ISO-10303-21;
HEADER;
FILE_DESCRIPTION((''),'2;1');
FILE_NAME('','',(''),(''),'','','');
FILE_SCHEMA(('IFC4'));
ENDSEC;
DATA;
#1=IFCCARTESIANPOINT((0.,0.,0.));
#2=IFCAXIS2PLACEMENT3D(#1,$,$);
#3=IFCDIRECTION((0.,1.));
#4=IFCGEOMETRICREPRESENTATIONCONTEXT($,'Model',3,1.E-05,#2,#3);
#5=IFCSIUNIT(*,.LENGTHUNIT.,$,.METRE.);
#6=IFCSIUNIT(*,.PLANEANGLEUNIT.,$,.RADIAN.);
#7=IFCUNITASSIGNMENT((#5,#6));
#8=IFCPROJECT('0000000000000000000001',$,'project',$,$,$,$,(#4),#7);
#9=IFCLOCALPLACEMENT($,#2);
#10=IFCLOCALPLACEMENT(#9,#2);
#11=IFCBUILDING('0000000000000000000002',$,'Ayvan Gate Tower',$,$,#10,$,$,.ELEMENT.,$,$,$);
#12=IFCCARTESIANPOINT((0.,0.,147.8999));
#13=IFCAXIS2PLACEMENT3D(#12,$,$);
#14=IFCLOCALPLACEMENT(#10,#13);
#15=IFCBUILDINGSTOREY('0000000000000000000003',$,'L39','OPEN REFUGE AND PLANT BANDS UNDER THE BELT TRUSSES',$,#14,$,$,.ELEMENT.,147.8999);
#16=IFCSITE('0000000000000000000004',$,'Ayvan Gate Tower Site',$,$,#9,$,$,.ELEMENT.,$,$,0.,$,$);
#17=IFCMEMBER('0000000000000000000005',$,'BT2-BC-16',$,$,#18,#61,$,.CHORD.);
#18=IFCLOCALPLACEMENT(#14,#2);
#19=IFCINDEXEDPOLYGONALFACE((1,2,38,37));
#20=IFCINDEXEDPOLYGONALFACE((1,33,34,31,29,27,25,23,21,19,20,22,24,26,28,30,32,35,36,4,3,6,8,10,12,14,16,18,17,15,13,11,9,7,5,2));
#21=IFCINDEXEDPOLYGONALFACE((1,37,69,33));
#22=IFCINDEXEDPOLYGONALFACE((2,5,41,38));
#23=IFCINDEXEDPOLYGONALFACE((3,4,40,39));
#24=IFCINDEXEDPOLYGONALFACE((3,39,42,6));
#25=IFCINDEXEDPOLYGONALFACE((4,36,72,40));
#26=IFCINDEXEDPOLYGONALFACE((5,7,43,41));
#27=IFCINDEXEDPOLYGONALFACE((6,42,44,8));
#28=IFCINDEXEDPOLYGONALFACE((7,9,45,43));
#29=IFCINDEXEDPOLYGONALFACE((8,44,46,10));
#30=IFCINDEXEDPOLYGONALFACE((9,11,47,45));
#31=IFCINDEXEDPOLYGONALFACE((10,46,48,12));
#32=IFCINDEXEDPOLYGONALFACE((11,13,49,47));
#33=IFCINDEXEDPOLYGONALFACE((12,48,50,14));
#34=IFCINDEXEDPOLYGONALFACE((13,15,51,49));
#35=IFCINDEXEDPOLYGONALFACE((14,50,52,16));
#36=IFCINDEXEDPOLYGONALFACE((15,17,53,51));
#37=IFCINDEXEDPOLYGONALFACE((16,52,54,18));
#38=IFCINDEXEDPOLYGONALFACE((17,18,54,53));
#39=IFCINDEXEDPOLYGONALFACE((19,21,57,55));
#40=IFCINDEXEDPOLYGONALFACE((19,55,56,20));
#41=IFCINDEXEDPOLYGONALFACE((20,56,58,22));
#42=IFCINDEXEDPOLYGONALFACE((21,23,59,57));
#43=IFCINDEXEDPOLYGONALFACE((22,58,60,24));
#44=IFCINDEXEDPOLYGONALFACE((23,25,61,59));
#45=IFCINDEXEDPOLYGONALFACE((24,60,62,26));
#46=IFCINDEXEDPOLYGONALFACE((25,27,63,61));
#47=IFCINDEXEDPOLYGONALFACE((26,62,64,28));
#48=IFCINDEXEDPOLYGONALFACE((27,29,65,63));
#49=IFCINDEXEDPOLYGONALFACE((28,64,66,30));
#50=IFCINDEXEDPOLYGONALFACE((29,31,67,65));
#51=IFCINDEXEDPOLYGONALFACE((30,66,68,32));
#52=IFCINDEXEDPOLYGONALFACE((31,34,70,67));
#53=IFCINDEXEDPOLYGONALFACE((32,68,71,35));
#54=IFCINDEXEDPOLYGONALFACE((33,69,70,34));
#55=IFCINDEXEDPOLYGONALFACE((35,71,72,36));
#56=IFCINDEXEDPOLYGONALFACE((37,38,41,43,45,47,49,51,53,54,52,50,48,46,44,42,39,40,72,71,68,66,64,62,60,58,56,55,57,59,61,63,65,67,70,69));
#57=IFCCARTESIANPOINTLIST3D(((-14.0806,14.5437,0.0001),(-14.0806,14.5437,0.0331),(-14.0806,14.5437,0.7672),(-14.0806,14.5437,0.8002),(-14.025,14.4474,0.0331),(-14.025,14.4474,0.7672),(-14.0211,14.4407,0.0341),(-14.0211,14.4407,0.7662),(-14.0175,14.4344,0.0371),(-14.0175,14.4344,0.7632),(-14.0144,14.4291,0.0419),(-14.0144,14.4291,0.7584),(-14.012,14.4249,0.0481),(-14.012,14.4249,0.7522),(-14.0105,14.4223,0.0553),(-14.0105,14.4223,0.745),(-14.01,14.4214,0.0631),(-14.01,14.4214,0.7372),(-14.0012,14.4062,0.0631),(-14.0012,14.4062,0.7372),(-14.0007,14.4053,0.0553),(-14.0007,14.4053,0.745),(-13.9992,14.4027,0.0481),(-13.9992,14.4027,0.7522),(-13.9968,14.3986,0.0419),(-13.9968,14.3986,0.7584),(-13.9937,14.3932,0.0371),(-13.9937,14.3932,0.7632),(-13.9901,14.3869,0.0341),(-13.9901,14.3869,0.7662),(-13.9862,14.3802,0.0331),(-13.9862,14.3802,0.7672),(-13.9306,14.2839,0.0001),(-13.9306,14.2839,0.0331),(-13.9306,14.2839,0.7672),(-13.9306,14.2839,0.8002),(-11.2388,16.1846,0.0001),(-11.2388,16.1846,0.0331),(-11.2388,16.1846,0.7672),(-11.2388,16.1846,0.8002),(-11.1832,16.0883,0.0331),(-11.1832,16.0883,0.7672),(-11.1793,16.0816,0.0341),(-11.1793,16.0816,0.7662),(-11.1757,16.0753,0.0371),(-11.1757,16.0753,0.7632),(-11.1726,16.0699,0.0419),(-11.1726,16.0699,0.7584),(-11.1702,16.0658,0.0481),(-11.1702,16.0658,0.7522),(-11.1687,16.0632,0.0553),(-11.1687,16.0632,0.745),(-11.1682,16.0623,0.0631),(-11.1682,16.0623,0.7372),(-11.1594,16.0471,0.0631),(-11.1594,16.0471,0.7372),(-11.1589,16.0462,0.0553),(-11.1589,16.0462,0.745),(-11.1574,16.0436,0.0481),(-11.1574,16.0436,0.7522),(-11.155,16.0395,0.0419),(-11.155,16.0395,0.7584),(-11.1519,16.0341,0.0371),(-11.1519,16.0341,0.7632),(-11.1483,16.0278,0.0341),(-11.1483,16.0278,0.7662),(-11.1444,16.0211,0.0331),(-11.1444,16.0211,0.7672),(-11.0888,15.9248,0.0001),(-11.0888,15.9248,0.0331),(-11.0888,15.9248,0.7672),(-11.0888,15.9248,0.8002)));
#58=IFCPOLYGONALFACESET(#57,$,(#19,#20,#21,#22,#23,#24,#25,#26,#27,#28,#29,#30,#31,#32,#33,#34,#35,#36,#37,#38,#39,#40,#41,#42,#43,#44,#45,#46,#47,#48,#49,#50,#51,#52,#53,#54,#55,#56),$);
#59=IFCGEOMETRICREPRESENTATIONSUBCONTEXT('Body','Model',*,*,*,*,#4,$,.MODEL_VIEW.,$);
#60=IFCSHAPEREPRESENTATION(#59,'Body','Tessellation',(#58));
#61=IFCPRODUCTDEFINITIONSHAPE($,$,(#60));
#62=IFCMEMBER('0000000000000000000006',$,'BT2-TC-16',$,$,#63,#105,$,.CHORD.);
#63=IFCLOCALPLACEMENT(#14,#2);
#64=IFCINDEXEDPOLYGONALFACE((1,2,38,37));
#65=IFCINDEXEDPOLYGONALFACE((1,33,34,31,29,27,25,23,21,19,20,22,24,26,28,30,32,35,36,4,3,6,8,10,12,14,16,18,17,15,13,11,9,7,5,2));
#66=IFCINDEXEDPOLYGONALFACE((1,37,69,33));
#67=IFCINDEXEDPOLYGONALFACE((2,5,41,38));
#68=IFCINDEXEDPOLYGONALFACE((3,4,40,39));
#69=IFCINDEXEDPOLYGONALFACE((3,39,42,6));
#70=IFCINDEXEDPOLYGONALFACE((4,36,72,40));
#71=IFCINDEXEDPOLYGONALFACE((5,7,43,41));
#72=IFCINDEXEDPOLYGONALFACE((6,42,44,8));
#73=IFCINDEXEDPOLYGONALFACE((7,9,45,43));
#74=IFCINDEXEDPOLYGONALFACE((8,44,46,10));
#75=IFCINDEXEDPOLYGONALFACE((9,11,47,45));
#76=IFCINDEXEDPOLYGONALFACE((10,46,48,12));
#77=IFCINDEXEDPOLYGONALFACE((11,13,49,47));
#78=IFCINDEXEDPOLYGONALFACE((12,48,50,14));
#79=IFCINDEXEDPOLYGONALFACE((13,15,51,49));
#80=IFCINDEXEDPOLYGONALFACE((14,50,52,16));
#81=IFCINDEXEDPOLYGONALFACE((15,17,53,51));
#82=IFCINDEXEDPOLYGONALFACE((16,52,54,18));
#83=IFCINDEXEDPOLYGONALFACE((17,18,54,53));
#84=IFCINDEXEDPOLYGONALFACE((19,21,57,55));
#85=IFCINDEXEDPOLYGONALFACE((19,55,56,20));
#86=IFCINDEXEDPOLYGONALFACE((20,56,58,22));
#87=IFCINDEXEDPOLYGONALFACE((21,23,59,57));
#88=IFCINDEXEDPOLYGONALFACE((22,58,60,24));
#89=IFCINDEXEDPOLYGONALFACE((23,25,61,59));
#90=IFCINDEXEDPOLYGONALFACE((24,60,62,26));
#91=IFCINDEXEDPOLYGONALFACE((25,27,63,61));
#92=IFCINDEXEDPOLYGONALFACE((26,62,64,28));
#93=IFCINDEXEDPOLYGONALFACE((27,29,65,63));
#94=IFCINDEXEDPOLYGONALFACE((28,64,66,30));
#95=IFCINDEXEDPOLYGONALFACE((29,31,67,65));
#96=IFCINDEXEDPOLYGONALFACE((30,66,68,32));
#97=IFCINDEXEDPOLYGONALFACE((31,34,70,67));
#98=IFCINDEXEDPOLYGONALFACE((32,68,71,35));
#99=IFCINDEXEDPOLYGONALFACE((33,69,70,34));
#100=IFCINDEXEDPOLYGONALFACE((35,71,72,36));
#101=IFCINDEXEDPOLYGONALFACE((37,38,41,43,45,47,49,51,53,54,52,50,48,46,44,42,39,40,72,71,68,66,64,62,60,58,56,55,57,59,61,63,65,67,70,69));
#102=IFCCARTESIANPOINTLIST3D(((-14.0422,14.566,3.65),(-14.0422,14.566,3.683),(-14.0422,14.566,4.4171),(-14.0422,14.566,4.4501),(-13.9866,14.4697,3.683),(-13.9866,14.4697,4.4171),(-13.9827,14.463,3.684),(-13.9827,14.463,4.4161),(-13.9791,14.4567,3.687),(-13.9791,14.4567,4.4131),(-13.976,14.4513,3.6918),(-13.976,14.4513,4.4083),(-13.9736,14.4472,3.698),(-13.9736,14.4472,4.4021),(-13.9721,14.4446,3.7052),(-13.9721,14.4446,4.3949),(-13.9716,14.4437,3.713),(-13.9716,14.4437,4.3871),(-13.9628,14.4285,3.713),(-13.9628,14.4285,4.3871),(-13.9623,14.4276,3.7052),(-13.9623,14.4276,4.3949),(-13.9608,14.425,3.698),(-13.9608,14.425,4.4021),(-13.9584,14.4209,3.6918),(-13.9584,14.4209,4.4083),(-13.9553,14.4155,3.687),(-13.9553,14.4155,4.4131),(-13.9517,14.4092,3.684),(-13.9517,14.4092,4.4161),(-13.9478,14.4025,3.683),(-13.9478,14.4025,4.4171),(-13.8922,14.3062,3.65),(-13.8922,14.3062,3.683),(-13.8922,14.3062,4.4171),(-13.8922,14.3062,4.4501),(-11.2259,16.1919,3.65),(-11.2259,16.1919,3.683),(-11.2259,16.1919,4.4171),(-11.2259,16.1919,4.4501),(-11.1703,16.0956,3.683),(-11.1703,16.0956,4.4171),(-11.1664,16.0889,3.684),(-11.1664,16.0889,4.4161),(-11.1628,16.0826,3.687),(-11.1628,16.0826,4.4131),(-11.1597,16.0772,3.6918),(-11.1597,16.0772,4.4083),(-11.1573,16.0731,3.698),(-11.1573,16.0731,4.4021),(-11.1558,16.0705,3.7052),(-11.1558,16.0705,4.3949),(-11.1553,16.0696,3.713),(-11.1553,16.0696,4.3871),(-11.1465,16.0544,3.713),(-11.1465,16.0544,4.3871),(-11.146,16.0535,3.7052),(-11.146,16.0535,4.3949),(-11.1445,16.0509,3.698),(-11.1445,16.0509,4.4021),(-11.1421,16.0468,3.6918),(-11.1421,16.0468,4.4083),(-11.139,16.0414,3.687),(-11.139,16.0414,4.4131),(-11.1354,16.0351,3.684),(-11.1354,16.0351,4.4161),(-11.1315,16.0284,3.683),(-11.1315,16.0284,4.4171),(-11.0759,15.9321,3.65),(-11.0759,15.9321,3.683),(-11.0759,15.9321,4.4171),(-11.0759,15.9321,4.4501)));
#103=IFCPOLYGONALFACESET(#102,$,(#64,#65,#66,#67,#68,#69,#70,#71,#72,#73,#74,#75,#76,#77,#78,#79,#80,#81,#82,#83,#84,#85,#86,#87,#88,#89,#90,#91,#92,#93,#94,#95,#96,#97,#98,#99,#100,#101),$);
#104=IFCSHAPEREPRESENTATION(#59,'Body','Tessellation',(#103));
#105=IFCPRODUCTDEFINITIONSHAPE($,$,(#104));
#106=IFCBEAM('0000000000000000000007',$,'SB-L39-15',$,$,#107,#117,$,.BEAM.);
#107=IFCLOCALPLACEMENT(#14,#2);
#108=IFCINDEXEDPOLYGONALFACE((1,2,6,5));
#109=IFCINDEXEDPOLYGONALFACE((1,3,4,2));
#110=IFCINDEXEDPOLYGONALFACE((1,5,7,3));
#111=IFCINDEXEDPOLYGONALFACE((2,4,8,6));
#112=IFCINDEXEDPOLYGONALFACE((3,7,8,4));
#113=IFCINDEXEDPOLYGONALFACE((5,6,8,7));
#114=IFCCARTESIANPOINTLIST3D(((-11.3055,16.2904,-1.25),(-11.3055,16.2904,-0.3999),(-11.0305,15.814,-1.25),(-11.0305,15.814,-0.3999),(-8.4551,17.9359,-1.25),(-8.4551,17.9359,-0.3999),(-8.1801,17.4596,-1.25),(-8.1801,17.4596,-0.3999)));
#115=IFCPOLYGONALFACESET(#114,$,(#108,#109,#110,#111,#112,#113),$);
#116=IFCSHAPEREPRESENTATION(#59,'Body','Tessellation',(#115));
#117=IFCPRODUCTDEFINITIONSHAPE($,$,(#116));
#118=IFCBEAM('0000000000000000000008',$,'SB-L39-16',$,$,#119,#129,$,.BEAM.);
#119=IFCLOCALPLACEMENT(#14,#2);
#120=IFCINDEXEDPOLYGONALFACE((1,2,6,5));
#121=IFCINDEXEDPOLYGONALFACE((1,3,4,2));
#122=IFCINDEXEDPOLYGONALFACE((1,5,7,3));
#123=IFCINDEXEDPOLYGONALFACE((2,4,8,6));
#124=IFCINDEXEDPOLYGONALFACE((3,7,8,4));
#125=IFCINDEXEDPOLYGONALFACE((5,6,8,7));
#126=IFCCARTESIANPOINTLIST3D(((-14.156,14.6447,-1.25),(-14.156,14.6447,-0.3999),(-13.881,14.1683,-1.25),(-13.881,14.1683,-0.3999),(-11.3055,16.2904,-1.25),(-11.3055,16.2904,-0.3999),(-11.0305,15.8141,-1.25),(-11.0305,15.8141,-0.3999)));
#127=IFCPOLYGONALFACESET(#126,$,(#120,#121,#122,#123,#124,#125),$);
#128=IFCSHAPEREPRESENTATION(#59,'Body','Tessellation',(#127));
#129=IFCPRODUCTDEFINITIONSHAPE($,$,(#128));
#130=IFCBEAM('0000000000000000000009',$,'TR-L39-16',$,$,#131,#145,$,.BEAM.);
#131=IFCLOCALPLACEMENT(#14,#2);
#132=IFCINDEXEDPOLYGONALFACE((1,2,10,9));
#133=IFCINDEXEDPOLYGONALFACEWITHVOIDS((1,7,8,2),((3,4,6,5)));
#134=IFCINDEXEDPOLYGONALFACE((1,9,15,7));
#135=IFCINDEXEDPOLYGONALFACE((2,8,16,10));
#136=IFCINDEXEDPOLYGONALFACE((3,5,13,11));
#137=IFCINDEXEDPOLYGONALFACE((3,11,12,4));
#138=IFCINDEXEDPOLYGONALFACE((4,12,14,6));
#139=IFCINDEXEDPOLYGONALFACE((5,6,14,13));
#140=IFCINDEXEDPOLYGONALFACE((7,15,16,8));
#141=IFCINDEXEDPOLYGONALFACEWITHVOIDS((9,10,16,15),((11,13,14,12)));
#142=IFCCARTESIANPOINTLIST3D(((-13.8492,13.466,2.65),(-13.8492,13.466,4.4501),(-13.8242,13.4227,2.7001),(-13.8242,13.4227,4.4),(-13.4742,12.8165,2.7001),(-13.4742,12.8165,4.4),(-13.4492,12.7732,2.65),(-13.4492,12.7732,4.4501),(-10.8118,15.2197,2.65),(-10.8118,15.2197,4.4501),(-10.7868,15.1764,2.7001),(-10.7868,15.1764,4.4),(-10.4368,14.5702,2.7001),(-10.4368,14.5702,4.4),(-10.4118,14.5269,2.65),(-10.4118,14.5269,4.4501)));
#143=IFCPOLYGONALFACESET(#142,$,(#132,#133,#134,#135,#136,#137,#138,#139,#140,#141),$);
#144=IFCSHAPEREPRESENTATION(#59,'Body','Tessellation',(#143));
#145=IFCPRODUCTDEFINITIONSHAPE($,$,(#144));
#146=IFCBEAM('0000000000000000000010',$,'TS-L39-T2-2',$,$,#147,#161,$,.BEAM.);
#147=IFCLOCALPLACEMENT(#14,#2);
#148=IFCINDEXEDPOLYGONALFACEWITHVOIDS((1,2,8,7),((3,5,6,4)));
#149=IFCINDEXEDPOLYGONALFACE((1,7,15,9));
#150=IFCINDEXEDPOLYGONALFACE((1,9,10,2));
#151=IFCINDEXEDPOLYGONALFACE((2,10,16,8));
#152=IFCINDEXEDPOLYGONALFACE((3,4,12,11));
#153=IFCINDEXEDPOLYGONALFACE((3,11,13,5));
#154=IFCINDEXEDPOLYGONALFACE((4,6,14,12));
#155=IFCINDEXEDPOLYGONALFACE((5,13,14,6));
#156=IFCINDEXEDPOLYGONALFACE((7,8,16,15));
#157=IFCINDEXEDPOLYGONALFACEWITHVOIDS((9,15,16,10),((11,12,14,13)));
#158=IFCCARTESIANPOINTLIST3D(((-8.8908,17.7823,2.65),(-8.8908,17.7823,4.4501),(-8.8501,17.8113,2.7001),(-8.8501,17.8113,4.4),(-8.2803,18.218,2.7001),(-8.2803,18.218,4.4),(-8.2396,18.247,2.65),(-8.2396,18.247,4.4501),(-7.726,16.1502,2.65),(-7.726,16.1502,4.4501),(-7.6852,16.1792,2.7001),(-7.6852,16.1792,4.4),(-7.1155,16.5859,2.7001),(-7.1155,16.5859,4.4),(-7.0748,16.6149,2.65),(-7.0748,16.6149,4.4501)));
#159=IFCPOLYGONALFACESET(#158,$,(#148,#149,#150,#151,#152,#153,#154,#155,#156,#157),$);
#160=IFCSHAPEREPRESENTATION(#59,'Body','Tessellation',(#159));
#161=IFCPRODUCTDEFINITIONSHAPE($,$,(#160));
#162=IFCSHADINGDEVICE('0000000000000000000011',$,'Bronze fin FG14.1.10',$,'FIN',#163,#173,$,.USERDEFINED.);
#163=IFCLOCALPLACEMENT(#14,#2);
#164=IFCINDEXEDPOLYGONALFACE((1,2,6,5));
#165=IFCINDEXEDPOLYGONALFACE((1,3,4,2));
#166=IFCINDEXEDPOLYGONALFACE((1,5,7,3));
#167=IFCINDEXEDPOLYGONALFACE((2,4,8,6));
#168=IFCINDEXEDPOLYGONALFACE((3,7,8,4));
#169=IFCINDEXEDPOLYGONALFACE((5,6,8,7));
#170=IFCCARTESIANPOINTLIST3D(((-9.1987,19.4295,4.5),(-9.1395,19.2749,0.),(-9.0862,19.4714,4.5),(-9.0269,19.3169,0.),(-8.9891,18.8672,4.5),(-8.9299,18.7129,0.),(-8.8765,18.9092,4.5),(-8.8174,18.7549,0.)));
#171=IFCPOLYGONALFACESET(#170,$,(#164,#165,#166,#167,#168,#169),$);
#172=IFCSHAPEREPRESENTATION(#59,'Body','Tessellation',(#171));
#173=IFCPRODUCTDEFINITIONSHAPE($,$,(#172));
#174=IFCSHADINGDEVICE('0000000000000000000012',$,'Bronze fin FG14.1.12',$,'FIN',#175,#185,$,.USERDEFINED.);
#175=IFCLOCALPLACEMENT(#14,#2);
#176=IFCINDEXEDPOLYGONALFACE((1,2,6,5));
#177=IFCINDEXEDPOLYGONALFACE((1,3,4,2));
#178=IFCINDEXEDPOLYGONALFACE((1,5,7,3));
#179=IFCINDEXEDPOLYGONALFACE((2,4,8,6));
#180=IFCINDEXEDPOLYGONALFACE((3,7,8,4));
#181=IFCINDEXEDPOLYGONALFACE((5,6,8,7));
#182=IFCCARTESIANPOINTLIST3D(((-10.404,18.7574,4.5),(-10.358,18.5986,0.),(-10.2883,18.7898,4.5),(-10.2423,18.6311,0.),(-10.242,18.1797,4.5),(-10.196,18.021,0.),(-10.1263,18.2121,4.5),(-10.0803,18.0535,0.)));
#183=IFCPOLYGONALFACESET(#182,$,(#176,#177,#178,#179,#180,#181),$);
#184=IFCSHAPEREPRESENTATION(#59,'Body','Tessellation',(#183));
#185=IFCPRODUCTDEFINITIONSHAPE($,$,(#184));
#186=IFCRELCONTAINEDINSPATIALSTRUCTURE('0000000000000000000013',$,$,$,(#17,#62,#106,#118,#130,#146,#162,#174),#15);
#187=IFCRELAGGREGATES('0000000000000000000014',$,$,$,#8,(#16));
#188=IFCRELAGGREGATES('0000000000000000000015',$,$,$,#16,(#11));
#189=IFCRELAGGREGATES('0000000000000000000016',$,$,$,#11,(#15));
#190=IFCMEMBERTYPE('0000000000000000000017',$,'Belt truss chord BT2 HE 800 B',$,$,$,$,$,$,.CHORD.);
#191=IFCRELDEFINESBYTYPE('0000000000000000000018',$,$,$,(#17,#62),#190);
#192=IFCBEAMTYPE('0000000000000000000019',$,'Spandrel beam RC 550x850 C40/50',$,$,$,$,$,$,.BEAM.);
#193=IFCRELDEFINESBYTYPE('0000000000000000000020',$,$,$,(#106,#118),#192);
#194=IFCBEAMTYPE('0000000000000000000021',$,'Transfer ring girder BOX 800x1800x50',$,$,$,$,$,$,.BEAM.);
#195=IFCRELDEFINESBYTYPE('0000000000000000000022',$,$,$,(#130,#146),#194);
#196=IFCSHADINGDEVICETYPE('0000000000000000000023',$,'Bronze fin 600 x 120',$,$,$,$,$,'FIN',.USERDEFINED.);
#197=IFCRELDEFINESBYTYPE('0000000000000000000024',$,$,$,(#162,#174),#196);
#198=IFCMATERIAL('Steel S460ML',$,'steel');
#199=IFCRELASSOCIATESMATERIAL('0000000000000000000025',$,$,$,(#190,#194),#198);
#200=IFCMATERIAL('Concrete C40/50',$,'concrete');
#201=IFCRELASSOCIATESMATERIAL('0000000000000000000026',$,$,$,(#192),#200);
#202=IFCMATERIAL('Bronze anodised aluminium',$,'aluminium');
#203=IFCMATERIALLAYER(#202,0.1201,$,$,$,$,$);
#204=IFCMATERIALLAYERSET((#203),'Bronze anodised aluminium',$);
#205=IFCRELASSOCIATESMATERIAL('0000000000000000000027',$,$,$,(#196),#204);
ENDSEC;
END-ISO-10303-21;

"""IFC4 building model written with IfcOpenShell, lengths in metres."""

from ifc_helpers import new_model, si_unit, direction, frame, origin, origin_2d, place, context, subcontext, project, spatial, polyline, rectangle, hollow_rectangle, i_section, outline, extrude, material, layer, layer_set, material_profile, profile_set, type_object, element, save


model = new_model("IFC4")

# Units and contexts
model_context = context("Model", 3, precision=1e-05, world=origin(), true_north=direction((0.0, 1.0)))
body_context = subcontext(model_context, "Body", "Model", "MODEL_VIEW")
ifc_project = project(units=[si_unit("LENGTHUNIT", "METRE"), si_unit("PLANEANGLEUNIT", "RADIAN")], contexts=[model_context])

# Site, building, storey
site_placement = place(None, origin())
site = spatial("IfcSite", under=ifc_project, at=site_placement, Name="Ayvan Gate Tower Site", CompositionType="ELEMENT", RefElevation=0.0)
building_placement = place(site_placement, origin())
building = spatial("IfcBuilding", under=site, at=building_placement, Name="Ayvan Gate Tower", CompositionType="ELEMENT")
storey_placement = place(building_placement, frame((0.0, 0.0, 147.8999)))
storey = spatial("IfcBuildingStorey", under=building, at=storey_placement, Name="L39", Description="OPEN REFUGE AND PLANT BANDS UNDER THE BELT TRUSSES", CompositionType="ELEMENT", Elevation=147.8999)

# Members
ifc_material_1 = material(Name="Steel S460ML", Category="steel")
ifc_material_profile_1 = material_profile(ifc_material_1, i_section(OverallWidth=0.3, OverallDepth=0.8, WebThickness=0.0176, FlangeThickness=0.033, FilletRadius=0.03, at=origin_2d()), Name="HE 800 B")
ifc_profile_set_1 = profile_set([ifc_material_profile_1], Name="Steel S460ML")
member_type_1 = type_object("IfcMemberType", Name="Belt truss chord BT2 HE 800 B", PredefinedType="CHORD", material=ifc_profile_set_1)
member_1_placement = place(storey_placement, frame((-11.1638, 16.0547, 0.4001), z_axis=(-0.866005, -0.500036, 0.0), x_axis=(0.500036, -0.866005, 0.0)))
element("IfcMember", 1, at=member_1_placement, inside=storey, type_object=member_type_1, Name="BT2-BC-16", PredefinedType="CHORD", context=body_context, shape_type="SweptSolid", body=[
    extrude(i_section(OverallWidth=0.3, OverallDepth=0.8, WebThickness=0.0176, FlangeThickness=0.033, FilletRadius=0.03, at=origin_2d()), origin(), (0.0, 0.0, 1.0), 3.2815),
])
member_2_placement = place(storey_placement, frame((-11.1509, 16.062, 4.05), z_axis=(-0.866036, -0.499982, 0.0), x_axis=(0.499982, -0.866036, 0.0)))
element("IfcMember", 2, at=member_2_placement, inside=storey, type_object=member_type_1, Name="BT2-TC-16", PredefinedType="CHORD", context=body_context, shape_type="SweptSolid", body=[
    extrude(i_section(OverallWidth=0.3, OverallDepth=0.8, WebThickness=0.0176, FlangeThickness=0.033, FilletRadius=0.03, at=origin_2d()), origin(), (0.0, 0.0, 1.0), 3.252),
])

# Beams
ifc_material_2 = material(Name="Concrete C40/50", Category="concrete")
ifc_material_profile_2 = material_profile(ifc_material_2, rectangle(XDim=0.55, YDim=0.8501, at=origin_2d()), Name="RC 550x850")
ifc_profile_set_2 = profile_set([ifc_material_profile_2], Name="Concrete C40/50")
beam_type_1 = type_object("IfcBeamType", Name="Spandrel beam RC 550x850 C40/50", PredefinedType="BEAM", material=ifc_profile_set_2)
beam_1_placement = place(storey_placement, frame((-8.3176, 17.6978, -0.825), z_axis=(-0.866044, -0.499969, 0.0), x_axis=(0.499969, -0.866044, 0.0)))
element("IfcBeam", 3, at=beam_1_placement, inside=storey, type_object=beam_type_1, Name="SB-L39-15", PredefinedType="BEAM", context=body_context, shape_type="SweptSolid", body=[
    extrude(rectangle(XDim=0.55, YDim=0.8501, at=origin_2d()), origin(), (0.0, 0.0, 1.0), 3.2913),
])
beam_2_placement = place(storey_placement, frame((-11.168, 16.0522, -0.825), z_axis=(-0.86603, -0.499992, 0.0), x_axis=(0.499992, -0.86603, 0.0)))
element("IfcBeam", 4, at=beam_2_placement, inside=storey, type_object=beam_type_1, Name="SB-L39-16", PredefinedType="BEAM", context=body_context, shape_type="SweptSolid", body=[
    extrude(rectangle(XDim=0.55, YDim=0.8501, at=origin_2d()), origin(), (0.0, 0.0, 1.0), 3.2915),
])
ifc_material_profile_3 = material_profile(ifc_material_1, hollow_rectangle(XDim=0.8, YDim=1.8, WallThickness=0.05, at=origin_2d()), Name="BOX 800x1800x50")
ifc_profile_set_3 = profile_set([ifc_material_profile_3], Name="Steel S460ML")
beam_type_2 = type_object("IfcBeamType", Name="Transfer ring girder BOX 800x1800x50", PredefinedType="BEAM", material=ifc_profile_set_3)
beam_3_placement = place(storey_placement, frame((-10.6118, 14.8733, 3.55), z_axis=(-0.86602, -0.50001, 0.0), x_axis=(0.50001, -0.86602, 0.0)))
element("IfcBeam", 5, at=beam_3_placement, inside=storey, type_object=beam_type_2, Name="TR-L39-16", PredefinedType="BEAM", context=body_context, shape_type="SweptSolid", body=[
    extrude(hollow_rectangle(XDim=0.8, YDim=1.8, WallThickness=0.05, at=origin_2d()), origin(), (0.0, 0.0, 1.0), 3.5073),
])
beam_4_placement = place(storey_placement, frame((-8.5652, 18.0146, 3.55), z_axis=(0.580916, -0.813964, 0.0), x_axis=(0.813964, 0.580916, 0.0)))
element("IfcBeam", 6, at=beam_4_placement, inside=storey, type_object=beam_type_2, Name="TS-L39-T2-2", PredefinedType="BEAM", context=body_context, shape_type="SweptSolid", body=[
    extrude(hollow_rectangle(XDim=0.8, YDim=1.8, WallThickness=0.05, at=origin_2d()), origin(), (0.0, 0.0, 1.0), 2.0051),
])

# Shading devices
ifc_material_3 = material(Name="Bronze anodised aluminium", Category="aluminium")
ifc_layer_1 = layer(ifc_material_3, 0.1201)
ifc_layer_set_1 = layer_set([ifc_layer_1], Name="Bronze anodised aluminium")
shading_device_type = type_object("IfcShadingDeviceType", Name="Bronze fin 600 x 120", ElementType="FIN", PredefinedType="USERDEFINED", material=ifc_layer_set_1)
shading_device_1_placement = place(storey_placement, frame((-8.8174, 18.7549, 0.0), z_axis=(0.936988, 0.349361, 0.000339), x_axis=(-0.349361, 0.936988, 0.0)))
element("IfcShadingDevice", 7, at=shading_device_1_placement, inside=storey, type_object=shading_device_type, Name="Bronze fin FG14.1.10", ObjectType="FIN", PredefinedType="USERDEFINED", context=body_context, shape_type="SweptSolid", body=[
    extrude(outline(polyline([(0.0, 0.0), (0.5998, 0.0), (0.7653, 4.5), (0.1652, 4.5), (0.0, 0.0)])), origin(), (0.0, 0.0, -1.0), 0.1201),
])
shading_device_2_placement = place(storey_placement, frame((-10.0803, 18.0535, 0.0), z_axis=(0.962856, 0.270015, 0.000325), x_axis=(-0.270015, 0.962856, 0.0)))
element("IfcShadingDevice", 8, at=shading_device_2_placement, inside=storey, type_object=shading_device_type, Name="Bronze fin FG14.1.12", ObjectType="FIN", PredefinedType="USERDEFINED", context=body_context, shape_type="SweptSolid", body=[
    extrude(outline(polyline([(0.0, 0.0), (0.5999, 0.0), (0.7651, 4.5), (0.1652, 4.5), (0.0, 0.0)])), origin(), (0.0, 0.0, -1.0), 0.1201),
])

save(model, "model.ifc")
